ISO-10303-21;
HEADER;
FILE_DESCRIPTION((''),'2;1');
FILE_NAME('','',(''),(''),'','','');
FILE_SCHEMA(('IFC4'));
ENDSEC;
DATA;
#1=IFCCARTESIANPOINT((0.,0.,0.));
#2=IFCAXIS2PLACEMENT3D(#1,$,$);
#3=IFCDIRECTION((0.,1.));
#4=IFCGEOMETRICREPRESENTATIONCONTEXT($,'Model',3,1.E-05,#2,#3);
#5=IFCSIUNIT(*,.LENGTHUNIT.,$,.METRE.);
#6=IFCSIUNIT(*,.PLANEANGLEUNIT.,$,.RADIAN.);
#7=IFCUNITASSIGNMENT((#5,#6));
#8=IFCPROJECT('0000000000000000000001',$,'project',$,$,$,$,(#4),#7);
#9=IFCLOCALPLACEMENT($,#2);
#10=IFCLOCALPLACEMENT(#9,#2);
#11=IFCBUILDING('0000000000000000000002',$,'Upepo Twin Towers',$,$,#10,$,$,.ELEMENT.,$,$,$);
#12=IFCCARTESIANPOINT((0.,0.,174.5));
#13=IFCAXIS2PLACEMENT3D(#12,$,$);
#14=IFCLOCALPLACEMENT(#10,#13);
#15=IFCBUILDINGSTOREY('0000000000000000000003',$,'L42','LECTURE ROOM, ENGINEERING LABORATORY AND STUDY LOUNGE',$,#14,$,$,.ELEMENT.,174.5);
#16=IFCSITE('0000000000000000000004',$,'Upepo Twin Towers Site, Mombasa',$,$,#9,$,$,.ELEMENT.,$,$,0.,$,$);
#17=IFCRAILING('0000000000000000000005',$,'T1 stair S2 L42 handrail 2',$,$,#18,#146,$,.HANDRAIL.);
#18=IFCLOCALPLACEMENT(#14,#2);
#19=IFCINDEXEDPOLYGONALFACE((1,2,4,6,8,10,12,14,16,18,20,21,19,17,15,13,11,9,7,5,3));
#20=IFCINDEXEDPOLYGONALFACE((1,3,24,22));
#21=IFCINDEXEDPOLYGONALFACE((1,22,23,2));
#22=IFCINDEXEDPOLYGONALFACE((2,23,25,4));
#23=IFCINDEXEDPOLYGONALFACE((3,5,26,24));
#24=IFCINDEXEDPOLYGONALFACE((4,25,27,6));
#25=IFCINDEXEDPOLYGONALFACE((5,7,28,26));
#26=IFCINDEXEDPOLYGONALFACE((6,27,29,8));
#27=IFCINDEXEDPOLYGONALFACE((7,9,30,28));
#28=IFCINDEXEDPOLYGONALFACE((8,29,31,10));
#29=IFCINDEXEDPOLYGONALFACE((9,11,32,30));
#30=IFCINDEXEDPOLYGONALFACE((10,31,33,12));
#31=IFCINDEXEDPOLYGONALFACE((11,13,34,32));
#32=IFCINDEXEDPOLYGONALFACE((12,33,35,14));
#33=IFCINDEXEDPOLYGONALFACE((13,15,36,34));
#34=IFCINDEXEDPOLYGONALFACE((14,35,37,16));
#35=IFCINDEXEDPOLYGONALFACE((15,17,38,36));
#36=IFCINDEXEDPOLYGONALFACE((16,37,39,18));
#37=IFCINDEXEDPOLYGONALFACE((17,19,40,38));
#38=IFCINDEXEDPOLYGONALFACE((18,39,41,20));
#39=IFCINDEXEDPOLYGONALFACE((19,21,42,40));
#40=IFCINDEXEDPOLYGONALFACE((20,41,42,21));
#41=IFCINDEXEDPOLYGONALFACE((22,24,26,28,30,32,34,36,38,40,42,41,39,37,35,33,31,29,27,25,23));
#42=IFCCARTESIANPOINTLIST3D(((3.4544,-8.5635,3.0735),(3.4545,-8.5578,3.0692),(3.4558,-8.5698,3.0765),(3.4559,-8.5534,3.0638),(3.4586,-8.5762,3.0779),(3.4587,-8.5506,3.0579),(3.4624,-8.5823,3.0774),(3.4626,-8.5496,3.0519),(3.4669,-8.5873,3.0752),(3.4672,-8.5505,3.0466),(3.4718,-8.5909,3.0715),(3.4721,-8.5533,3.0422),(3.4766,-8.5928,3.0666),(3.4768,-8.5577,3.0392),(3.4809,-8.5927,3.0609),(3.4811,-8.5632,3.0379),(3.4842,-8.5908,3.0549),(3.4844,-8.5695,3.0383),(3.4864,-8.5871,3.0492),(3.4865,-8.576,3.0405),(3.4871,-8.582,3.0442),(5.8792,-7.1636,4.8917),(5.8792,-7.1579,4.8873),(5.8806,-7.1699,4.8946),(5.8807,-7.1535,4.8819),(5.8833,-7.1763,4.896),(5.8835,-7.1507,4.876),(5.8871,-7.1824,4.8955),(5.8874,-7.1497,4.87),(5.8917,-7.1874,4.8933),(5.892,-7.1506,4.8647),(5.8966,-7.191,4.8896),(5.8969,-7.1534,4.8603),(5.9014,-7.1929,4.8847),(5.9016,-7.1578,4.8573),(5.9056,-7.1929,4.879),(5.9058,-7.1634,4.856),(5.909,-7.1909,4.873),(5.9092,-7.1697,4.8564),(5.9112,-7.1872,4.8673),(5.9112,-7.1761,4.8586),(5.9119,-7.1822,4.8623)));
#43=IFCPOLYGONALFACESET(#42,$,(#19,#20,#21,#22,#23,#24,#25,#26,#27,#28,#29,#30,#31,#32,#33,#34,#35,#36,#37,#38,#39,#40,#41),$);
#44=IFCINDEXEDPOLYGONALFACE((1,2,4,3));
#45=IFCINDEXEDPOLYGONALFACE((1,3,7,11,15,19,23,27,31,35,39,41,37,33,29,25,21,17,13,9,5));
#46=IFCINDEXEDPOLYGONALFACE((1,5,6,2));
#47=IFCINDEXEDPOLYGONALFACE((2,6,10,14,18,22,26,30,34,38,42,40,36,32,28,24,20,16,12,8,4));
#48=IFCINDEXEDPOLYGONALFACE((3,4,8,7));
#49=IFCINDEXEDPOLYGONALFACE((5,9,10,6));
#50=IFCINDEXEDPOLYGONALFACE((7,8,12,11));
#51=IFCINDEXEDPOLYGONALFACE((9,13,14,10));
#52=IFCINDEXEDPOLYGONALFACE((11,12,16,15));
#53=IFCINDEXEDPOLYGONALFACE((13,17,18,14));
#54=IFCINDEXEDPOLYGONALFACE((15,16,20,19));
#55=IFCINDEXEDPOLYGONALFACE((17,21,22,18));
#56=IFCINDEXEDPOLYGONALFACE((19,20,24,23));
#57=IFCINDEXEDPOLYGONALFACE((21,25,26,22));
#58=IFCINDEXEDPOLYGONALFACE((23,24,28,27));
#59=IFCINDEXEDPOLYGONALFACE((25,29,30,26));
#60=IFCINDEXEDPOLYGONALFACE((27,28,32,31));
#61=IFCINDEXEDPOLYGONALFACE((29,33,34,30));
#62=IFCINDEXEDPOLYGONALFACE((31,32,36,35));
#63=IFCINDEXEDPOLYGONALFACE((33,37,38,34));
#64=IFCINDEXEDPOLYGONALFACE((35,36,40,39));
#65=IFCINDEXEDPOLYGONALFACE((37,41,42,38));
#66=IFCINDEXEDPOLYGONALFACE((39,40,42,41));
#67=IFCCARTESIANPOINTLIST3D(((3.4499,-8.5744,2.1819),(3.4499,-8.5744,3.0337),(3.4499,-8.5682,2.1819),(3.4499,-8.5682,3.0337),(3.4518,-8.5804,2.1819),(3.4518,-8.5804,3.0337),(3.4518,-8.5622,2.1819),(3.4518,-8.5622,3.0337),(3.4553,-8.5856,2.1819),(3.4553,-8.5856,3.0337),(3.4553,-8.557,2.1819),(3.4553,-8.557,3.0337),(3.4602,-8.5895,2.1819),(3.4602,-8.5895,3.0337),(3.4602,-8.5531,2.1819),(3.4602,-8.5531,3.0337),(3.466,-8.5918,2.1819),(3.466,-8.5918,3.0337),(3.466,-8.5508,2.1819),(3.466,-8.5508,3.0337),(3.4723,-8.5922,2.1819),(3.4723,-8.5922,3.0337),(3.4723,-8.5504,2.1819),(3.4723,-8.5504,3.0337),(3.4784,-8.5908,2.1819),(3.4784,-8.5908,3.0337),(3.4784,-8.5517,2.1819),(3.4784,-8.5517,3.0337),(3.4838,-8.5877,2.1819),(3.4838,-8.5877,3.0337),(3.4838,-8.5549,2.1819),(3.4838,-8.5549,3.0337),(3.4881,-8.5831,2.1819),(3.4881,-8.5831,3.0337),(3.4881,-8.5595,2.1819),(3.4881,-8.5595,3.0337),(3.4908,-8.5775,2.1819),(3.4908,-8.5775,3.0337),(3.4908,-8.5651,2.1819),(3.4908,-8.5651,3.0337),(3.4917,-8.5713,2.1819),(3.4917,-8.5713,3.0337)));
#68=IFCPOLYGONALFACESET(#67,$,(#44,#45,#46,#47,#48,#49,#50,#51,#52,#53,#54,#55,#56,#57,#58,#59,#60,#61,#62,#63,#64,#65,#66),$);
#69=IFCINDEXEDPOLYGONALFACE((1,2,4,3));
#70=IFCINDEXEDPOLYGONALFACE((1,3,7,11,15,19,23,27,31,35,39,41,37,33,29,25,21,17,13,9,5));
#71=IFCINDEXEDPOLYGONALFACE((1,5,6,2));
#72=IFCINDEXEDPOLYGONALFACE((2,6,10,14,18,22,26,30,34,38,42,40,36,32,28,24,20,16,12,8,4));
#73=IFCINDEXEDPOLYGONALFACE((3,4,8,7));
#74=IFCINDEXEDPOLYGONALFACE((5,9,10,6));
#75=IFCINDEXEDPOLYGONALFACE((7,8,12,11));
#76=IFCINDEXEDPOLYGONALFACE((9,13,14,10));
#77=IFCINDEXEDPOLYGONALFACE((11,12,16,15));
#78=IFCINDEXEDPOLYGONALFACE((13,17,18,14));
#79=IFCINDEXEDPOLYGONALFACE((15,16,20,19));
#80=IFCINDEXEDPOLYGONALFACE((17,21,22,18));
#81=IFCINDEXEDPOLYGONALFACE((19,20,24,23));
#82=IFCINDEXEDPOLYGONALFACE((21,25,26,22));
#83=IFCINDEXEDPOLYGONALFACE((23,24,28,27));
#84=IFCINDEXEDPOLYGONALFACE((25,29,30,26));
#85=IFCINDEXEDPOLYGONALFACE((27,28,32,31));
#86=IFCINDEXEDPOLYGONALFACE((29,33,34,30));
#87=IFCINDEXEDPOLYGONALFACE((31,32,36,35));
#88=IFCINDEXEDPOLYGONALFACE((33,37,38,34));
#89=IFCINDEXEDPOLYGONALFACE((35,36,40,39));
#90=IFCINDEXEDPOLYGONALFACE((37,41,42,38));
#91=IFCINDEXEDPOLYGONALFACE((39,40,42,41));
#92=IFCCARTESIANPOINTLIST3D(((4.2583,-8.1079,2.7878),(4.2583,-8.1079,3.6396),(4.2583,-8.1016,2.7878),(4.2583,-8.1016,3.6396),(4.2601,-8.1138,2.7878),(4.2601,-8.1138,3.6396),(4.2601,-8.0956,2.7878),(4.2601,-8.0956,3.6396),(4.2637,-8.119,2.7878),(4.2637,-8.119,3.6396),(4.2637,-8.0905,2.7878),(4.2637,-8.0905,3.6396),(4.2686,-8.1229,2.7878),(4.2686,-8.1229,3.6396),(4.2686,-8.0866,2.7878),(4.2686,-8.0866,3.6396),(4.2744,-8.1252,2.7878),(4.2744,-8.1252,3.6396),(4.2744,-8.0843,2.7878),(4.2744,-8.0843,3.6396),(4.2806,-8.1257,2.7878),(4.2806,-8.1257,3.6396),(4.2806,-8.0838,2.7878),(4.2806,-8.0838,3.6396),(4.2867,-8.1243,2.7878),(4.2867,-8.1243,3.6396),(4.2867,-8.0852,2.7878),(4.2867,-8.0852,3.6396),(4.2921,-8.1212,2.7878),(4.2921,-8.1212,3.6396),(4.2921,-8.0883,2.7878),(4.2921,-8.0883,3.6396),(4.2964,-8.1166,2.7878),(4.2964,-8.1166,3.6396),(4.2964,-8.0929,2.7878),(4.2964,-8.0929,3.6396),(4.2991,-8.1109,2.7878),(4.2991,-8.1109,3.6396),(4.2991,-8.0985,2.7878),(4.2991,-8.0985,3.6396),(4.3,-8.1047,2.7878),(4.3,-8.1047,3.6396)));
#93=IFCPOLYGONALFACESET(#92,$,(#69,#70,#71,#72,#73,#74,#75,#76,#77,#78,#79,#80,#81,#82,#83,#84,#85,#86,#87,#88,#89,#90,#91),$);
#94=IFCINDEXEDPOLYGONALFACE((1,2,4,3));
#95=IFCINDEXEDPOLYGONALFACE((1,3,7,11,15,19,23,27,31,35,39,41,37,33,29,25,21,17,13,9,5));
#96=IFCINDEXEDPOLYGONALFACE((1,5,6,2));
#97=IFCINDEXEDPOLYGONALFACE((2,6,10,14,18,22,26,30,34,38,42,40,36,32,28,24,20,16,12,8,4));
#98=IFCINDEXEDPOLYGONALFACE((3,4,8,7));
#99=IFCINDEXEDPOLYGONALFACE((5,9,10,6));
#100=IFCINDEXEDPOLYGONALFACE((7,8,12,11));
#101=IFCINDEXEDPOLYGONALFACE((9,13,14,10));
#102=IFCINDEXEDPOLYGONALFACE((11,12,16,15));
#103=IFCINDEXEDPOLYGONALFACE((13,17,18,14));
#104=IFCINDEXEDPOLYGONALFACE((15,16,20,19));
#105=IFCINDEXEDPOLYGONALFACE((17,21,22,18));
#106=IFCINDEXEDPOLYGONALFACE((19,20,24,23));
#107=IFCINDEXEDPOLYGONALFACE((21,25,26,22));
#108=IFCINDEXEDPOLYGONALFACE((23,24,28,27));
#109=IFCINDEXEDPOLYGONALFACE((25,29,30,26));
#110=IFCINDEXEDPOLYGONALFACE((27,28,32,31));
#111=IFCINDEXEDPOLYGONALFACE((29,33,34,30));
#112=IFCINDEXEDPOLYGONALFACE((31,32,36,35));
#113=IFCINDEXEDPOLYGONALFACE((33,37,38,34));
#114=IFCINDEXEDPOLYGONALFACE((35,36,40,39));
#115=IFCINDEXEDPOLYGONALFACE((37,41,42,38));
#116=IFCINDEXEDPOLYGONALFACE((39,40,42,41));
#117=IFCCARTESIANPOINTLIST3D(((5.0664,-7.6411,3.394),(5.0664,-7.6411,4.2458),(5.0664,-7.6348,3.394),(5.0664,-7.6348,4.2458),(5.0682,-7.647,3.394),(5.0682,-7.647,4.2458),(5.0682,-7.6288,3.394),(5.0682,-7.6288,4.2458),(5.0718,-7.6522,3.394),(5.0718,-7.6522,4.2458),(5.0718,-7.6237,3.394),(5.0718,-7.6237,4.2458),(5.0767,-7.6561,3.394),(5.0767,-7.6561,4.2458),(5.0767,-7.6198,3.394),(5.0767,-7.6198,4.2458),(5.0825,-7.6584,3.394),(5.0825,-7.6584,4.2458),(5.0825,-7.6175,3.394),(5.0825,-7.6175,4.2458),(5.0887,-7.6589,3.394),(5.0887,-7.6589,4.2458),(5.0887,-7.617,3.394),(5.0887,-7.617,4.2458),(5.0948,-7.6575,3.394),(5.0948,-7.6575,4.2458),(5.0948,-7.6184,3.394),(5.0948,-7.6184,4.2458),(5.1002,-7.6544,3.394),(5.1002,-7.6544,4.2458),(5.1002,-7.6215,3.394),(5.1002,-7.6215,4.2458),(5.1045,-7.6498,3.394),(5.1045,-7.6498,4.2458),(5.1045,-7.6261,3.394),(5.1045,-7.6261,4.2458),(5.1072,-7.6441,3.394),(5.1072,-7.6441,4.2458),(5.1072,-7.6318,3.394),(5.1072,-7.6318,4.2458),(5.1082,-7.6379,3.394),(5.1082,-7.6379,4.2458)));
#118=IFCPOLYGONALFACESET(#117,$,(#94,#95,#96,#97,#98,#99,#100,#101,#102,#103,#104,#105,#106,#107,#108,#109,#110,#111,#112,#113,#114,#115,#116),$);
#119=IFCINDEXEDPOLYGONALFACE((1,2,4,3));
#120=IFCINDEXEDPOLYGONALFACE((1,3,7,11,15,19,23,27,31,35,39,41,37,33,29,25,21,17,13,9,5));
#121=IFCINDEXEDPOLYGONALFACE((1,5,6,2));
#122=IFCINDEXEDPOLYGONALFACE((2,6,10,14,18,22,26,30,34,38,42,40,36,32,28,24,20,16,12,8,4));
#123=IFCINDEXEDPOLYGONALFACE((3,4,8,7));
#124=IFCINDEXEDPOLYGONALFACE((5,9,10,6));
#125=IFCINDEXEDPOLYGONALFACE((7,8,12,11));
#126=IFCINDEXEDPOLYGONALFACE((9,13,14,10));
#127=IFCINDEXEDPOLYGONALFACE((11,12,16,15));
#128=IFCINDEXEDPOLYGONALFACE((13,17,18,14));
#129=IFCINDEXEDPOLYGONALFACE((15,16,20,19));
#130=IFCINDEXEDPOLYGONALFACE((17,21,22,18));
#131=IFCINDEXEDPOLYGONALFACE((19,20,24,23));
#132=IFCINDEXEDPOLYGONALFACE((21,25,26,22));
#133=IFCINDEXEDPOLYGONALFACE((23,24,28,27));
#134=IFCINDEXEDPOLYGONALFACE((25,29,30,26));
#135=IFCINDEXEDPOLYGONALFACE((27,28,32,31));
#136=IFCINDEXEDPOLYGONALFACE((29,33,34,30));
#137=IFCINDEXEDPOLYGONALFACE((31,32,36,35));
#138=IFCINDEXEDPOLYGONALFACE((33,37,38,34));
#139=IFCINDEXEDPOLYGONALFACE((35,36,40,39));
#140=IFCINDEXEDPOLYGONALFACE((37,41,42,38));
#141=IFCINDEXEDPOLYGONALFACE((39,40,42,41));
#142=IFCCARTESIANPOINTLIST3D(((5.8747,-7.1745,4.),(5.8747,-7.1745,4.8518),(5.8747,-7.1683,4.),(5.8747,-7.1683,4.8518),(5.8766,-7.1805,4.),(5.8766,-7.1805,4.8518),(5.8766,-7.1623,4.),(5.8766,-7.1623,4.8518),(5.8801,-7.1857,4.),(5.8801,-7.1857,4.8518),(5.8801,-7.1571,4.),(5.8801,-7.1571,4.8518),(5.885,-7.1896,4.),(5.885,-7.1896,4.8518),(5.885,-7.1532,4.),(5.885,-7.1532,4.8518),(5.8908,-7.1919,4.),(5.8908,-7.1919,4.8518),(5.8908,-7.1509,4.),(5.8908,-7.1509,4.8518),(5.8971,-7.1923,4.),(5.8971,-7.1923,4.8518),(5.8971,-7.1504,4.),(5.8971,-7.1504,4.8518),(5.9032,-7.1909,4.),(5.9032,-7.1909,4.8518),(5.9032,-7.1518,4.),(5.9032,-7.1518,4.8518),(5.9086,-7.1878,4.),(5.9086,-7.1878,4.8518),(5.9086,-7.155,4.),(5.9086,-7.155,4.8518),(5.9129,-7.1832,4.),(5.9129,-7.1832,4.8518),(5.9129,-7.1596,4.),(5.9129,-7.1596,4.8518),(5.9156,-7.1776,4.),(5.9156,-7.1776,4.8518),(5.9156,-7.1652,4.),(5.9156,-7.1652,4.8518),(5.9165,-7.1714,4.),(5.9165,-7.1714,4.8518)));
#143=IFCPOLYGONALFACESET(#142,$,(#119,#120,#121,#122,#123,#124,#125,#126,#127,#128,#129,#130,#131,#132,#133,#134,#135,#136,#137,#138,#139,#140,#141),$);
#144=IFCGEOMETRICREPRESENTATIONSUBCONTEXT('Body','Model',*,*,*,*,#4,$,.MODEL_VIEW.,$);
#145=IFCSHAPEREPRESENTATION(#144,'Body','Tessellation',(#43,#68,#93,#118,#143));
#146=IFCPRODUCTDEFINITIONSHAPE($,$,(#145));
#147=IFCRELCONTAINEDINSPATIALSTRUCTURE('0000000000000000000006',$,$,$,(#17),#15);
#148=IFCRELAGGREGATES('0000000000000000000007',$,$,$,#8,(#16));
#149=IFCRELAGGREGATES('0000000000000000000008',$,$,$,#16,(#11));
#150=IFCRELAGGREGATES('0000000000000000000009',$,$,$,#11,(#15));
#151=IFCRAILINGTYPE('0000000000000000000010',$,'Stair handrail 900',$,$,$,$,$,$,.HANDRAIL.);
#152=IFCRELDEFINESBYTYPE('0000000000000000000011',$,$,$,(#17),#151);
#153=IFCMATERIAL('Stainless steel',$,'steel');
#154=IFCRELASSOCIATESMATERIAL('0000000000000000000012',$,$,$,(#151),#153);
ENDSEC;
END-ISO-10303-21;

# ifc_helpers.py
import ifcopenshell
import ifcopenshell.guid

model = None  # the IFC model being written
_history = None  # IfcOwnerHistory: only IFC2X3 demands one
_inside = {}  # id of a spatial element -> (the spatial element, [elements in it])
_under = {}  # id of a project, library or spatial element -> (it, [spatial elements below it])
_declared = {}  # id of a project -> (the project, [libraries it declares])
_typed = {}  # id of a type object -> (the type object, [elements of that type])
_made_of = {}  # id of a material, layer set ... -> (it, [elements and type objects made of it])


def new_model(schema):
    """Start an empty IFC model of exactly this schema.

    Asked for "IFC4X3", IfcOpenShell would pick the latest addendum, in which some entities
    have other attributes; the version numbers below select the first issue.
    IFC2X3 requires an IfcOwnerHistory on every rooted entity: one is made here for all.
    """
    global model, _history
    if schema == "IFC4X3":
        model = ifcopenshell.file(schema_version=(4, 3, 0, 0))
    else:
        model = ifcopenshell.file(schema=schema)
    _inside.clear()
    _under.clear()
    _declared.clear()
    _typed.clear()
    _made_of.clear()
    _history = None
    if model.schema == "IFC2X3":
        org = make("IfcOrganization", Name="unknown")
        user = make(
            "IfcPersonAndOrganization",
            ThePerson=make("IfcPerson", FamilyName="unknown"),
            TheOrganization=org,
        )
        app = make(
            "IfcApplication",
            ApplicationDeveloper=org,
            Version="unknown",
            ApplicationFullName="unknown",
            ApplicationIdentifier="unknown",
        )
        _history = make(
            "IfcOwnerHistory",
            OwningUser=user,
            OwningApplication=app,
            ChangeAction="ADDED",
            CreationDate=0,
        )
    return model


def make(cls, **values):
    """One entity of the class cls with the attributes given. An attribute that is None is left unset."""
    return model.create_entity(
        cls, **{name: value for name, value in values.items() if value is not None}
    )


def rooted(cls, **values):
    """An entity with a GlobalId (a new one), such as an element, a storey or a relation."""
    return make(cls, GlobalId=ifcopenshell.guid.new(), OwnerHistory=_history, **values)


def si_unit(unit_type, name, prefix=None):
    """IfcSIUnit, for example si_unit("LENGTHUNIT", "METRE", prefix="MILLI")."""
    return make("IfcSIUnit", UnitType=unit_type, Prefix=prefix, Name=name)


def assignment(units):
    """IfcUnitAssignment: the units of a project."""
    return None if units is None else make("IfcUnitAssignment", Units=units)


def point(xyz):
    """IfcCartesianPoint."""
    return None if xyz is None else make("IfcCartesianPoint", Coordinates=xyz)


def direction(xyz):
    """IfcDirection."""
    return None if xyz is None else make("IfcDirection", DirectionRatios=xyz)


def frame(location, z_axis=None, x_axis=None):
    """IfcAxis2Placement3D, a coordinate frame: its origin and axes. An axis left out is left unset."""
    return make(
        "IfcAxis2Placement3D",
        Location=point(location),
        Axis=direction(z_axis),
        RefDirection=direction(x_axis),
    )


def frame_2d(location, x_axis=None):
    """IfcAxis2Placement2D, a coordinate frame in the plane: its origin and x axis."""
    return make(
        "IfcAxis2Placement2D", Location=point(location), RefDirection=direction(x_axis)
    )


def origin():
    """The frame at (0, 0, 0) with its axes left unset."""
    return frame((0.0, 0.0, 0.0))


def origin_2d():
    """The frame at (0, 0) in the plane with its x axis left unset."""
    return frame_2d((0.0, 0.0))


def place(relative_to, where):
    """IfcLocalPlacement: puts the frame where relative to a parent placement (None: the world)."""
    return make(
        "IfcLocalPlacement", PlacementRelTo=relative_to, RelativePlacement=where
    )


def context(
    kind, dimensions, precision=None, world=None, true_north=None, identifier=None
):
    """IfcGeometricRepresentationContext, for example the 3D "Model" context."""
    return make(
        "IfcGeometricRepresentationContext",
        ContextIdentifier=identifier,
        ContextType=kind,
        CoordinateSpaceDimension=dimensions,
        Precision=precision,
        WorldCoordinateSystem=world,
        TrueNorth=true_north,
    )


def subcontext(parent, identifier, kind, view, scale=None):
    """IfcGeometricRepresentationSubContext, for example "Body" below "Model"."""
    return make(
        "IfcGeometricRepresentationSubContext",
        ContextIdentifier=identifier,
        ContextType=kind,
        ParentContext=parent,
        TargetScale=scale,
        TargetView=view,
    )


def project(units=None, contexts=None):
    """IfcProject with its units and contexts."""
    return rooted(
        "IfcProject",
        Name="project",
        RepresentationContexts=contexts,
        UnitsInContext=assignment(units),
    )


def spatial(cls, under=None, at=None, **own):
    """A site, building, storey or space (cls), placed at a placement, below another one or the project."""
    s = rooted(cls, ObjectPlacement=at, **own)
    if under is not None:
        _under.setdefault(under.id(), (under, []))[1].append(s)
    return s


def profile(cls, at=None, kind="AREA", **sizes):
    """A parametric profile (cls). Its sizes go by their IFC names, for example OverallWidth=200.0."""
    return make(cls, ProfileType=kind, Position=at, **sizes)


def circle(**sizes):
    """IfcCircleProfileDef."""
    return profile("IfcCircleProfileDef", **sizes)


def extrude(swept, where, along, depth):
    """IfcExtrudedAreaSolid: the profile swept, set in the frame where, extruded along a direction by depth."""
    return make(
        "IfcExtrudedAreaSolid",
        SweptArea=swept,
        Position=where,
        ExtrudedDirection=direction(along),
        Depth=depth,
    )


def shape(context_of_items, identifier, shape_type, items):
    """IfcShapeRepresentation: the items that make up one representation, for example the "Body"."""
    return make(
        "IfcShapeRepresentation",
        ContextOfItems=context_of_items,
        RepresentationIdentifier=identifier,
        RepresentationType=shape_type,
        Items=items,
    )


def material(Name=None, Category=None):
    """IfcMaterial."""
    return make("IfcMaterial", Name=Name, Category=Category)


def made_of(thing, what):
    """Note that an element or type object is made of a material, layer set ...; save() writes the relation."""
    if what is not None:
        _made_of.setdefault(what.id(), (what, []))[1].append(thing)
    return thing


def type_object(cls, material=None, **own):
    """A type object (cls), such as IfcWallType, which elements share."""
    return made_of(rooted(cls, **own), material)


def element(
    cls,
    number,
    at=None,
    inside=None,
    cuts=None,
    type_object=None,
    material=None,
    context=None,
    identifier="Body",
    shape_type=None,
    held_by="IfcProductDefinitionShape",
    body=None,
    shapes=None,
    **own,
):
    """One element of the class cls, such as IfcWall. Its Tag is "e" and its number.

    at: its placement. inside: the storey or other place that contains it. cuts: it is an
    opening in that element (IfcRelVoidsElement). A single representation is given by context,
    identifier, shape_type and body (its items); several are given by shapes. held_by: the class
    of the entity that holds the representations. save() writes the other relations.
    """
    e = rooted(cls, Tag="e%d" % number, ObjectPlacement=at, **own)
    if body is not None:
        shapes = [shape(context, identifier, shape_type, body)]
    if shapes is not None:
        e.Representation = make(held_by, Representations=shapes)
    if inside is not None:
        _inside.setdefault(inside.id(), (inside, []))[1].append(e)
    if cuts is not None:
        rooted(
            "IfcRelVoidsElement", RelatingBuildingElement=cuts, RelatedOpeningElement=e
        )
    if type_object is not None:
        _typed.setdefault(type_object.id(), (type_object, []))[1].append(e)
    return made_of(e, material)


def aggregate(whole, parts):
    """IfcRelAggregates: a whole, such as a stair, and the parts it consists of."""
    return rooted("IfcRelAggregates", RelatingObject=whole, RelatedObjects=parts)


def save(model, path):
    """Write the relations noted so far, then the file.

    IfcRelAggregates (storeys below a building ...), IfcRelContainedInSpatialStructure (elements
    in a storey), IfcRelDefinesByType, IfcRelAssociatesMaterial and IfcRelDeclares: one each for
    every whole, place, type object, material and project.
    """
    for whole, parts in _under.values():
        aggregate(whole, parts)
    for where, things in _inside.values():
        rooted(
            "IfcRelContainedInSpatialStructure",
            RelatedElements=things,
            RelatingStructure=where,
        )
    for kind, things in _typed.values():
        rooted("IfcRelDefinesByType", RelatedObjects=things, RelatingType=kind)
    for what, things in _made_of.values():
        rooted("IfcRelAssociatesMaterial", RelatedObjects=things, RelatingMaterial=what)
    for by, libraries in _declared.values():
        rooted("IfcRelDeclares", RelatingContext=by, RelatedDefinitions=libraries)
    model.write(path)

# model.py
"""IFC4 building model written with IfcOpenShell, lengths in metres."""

from ifc_helpers import new_model, si_unit, direction, frame, origin, origin_2d, place, context, subcontext, project, spatial, circle, extrude, material, type_object, element, save


model = new_model("IFC4")

# Units and contexts
model_context = context("Model", 3, precision=1e-05, world=origin(), true_north=direction((0.0, 1.0)))
body_context = subcontext(model_context, "Body", "Model", "MODEL_VIEW")
ifc_project = project(units=[si_unit("LENGTHUNIT", "METRE"), si_unit("PLANEANGLEUNIT", "RADIAN")], contexts=[model_context])

# Site, building, storey
site_placement = place(None, origin())
site = spatial("IfcSite", under=ifc_project, at=site_placement, Name="Upepo Twin Towers Site, Mombasa", CompositionType="ELEMENT", RefElevation=0.0)
building_placement = place(site_placement, origin())
building = spatial("IfcBuilding", under=site, at=building_placement, Name="Upepo Twin Towers", CompositionType="ELEMENT")
storey_placement = place(building_placement, frame((0.0, 0.0, 174.5)))
storey = spatial("IfcBuildingStorey", under=building, at=storey_placement, Name="L42", Description="LECTURE ROOM, ENGINEERING LABORATORY AND STUDY LOUNGE", CompositionType="ELEMENT", Elevation=174.5)

# Railing
ifc_material_1 = material(Name="Stainless steel", Category="steel")
railing_type = type_object("IfcRailingType", Name="Stair handrail 900", PredefinedType="HANDRAIL", material=ifc_material_1)
railing_1_placement = place(storey_placement, frame((3.4707, -8.5713, 2.1819)))
element("IfcRailing", 1, at=railing_1_placement, inside=storey, type_object=railing_type, Name="T1 stair S2 L42 handrail 2", PredefinedType="HANDRAIL", context=body_context, shape_type="SweptSolid", body=[
    extrude(circle(Radius=0.0239, at=origin_2d()), frame((0.0, 0.0, 0.876), z_axis=(0.726336, 0.419333, 0.544606), x_axis=(-0.499984, 0.866035, 0.0)), (0.0, 0.0, 1.0), 3.3384),
    extrude(circle(Radius=0.021, at=origin_2d()), origin(), (0.0, 0.0, 1.0), 0.8518),
    extrude(circle(Radius=0.021, at=origin_2d()), frame((0.8083, 0.4666, 0.606)), (0.0, 0.0, 1.0), 0.8518),
    extrude(circle(Radius=0.021, at=origin_2d()), frame((1.6165, 0.9333, 1.2122)), (0.0, 0.0, 1.0), 0.8518),
    extrude(circle(Radius=0.021, at=origin_2d()), frame((2.4248, 1.3999, 1.8181)), (0.0, 0.0, 1.0), 0.8518),
])

save(model, "model.ifc")
